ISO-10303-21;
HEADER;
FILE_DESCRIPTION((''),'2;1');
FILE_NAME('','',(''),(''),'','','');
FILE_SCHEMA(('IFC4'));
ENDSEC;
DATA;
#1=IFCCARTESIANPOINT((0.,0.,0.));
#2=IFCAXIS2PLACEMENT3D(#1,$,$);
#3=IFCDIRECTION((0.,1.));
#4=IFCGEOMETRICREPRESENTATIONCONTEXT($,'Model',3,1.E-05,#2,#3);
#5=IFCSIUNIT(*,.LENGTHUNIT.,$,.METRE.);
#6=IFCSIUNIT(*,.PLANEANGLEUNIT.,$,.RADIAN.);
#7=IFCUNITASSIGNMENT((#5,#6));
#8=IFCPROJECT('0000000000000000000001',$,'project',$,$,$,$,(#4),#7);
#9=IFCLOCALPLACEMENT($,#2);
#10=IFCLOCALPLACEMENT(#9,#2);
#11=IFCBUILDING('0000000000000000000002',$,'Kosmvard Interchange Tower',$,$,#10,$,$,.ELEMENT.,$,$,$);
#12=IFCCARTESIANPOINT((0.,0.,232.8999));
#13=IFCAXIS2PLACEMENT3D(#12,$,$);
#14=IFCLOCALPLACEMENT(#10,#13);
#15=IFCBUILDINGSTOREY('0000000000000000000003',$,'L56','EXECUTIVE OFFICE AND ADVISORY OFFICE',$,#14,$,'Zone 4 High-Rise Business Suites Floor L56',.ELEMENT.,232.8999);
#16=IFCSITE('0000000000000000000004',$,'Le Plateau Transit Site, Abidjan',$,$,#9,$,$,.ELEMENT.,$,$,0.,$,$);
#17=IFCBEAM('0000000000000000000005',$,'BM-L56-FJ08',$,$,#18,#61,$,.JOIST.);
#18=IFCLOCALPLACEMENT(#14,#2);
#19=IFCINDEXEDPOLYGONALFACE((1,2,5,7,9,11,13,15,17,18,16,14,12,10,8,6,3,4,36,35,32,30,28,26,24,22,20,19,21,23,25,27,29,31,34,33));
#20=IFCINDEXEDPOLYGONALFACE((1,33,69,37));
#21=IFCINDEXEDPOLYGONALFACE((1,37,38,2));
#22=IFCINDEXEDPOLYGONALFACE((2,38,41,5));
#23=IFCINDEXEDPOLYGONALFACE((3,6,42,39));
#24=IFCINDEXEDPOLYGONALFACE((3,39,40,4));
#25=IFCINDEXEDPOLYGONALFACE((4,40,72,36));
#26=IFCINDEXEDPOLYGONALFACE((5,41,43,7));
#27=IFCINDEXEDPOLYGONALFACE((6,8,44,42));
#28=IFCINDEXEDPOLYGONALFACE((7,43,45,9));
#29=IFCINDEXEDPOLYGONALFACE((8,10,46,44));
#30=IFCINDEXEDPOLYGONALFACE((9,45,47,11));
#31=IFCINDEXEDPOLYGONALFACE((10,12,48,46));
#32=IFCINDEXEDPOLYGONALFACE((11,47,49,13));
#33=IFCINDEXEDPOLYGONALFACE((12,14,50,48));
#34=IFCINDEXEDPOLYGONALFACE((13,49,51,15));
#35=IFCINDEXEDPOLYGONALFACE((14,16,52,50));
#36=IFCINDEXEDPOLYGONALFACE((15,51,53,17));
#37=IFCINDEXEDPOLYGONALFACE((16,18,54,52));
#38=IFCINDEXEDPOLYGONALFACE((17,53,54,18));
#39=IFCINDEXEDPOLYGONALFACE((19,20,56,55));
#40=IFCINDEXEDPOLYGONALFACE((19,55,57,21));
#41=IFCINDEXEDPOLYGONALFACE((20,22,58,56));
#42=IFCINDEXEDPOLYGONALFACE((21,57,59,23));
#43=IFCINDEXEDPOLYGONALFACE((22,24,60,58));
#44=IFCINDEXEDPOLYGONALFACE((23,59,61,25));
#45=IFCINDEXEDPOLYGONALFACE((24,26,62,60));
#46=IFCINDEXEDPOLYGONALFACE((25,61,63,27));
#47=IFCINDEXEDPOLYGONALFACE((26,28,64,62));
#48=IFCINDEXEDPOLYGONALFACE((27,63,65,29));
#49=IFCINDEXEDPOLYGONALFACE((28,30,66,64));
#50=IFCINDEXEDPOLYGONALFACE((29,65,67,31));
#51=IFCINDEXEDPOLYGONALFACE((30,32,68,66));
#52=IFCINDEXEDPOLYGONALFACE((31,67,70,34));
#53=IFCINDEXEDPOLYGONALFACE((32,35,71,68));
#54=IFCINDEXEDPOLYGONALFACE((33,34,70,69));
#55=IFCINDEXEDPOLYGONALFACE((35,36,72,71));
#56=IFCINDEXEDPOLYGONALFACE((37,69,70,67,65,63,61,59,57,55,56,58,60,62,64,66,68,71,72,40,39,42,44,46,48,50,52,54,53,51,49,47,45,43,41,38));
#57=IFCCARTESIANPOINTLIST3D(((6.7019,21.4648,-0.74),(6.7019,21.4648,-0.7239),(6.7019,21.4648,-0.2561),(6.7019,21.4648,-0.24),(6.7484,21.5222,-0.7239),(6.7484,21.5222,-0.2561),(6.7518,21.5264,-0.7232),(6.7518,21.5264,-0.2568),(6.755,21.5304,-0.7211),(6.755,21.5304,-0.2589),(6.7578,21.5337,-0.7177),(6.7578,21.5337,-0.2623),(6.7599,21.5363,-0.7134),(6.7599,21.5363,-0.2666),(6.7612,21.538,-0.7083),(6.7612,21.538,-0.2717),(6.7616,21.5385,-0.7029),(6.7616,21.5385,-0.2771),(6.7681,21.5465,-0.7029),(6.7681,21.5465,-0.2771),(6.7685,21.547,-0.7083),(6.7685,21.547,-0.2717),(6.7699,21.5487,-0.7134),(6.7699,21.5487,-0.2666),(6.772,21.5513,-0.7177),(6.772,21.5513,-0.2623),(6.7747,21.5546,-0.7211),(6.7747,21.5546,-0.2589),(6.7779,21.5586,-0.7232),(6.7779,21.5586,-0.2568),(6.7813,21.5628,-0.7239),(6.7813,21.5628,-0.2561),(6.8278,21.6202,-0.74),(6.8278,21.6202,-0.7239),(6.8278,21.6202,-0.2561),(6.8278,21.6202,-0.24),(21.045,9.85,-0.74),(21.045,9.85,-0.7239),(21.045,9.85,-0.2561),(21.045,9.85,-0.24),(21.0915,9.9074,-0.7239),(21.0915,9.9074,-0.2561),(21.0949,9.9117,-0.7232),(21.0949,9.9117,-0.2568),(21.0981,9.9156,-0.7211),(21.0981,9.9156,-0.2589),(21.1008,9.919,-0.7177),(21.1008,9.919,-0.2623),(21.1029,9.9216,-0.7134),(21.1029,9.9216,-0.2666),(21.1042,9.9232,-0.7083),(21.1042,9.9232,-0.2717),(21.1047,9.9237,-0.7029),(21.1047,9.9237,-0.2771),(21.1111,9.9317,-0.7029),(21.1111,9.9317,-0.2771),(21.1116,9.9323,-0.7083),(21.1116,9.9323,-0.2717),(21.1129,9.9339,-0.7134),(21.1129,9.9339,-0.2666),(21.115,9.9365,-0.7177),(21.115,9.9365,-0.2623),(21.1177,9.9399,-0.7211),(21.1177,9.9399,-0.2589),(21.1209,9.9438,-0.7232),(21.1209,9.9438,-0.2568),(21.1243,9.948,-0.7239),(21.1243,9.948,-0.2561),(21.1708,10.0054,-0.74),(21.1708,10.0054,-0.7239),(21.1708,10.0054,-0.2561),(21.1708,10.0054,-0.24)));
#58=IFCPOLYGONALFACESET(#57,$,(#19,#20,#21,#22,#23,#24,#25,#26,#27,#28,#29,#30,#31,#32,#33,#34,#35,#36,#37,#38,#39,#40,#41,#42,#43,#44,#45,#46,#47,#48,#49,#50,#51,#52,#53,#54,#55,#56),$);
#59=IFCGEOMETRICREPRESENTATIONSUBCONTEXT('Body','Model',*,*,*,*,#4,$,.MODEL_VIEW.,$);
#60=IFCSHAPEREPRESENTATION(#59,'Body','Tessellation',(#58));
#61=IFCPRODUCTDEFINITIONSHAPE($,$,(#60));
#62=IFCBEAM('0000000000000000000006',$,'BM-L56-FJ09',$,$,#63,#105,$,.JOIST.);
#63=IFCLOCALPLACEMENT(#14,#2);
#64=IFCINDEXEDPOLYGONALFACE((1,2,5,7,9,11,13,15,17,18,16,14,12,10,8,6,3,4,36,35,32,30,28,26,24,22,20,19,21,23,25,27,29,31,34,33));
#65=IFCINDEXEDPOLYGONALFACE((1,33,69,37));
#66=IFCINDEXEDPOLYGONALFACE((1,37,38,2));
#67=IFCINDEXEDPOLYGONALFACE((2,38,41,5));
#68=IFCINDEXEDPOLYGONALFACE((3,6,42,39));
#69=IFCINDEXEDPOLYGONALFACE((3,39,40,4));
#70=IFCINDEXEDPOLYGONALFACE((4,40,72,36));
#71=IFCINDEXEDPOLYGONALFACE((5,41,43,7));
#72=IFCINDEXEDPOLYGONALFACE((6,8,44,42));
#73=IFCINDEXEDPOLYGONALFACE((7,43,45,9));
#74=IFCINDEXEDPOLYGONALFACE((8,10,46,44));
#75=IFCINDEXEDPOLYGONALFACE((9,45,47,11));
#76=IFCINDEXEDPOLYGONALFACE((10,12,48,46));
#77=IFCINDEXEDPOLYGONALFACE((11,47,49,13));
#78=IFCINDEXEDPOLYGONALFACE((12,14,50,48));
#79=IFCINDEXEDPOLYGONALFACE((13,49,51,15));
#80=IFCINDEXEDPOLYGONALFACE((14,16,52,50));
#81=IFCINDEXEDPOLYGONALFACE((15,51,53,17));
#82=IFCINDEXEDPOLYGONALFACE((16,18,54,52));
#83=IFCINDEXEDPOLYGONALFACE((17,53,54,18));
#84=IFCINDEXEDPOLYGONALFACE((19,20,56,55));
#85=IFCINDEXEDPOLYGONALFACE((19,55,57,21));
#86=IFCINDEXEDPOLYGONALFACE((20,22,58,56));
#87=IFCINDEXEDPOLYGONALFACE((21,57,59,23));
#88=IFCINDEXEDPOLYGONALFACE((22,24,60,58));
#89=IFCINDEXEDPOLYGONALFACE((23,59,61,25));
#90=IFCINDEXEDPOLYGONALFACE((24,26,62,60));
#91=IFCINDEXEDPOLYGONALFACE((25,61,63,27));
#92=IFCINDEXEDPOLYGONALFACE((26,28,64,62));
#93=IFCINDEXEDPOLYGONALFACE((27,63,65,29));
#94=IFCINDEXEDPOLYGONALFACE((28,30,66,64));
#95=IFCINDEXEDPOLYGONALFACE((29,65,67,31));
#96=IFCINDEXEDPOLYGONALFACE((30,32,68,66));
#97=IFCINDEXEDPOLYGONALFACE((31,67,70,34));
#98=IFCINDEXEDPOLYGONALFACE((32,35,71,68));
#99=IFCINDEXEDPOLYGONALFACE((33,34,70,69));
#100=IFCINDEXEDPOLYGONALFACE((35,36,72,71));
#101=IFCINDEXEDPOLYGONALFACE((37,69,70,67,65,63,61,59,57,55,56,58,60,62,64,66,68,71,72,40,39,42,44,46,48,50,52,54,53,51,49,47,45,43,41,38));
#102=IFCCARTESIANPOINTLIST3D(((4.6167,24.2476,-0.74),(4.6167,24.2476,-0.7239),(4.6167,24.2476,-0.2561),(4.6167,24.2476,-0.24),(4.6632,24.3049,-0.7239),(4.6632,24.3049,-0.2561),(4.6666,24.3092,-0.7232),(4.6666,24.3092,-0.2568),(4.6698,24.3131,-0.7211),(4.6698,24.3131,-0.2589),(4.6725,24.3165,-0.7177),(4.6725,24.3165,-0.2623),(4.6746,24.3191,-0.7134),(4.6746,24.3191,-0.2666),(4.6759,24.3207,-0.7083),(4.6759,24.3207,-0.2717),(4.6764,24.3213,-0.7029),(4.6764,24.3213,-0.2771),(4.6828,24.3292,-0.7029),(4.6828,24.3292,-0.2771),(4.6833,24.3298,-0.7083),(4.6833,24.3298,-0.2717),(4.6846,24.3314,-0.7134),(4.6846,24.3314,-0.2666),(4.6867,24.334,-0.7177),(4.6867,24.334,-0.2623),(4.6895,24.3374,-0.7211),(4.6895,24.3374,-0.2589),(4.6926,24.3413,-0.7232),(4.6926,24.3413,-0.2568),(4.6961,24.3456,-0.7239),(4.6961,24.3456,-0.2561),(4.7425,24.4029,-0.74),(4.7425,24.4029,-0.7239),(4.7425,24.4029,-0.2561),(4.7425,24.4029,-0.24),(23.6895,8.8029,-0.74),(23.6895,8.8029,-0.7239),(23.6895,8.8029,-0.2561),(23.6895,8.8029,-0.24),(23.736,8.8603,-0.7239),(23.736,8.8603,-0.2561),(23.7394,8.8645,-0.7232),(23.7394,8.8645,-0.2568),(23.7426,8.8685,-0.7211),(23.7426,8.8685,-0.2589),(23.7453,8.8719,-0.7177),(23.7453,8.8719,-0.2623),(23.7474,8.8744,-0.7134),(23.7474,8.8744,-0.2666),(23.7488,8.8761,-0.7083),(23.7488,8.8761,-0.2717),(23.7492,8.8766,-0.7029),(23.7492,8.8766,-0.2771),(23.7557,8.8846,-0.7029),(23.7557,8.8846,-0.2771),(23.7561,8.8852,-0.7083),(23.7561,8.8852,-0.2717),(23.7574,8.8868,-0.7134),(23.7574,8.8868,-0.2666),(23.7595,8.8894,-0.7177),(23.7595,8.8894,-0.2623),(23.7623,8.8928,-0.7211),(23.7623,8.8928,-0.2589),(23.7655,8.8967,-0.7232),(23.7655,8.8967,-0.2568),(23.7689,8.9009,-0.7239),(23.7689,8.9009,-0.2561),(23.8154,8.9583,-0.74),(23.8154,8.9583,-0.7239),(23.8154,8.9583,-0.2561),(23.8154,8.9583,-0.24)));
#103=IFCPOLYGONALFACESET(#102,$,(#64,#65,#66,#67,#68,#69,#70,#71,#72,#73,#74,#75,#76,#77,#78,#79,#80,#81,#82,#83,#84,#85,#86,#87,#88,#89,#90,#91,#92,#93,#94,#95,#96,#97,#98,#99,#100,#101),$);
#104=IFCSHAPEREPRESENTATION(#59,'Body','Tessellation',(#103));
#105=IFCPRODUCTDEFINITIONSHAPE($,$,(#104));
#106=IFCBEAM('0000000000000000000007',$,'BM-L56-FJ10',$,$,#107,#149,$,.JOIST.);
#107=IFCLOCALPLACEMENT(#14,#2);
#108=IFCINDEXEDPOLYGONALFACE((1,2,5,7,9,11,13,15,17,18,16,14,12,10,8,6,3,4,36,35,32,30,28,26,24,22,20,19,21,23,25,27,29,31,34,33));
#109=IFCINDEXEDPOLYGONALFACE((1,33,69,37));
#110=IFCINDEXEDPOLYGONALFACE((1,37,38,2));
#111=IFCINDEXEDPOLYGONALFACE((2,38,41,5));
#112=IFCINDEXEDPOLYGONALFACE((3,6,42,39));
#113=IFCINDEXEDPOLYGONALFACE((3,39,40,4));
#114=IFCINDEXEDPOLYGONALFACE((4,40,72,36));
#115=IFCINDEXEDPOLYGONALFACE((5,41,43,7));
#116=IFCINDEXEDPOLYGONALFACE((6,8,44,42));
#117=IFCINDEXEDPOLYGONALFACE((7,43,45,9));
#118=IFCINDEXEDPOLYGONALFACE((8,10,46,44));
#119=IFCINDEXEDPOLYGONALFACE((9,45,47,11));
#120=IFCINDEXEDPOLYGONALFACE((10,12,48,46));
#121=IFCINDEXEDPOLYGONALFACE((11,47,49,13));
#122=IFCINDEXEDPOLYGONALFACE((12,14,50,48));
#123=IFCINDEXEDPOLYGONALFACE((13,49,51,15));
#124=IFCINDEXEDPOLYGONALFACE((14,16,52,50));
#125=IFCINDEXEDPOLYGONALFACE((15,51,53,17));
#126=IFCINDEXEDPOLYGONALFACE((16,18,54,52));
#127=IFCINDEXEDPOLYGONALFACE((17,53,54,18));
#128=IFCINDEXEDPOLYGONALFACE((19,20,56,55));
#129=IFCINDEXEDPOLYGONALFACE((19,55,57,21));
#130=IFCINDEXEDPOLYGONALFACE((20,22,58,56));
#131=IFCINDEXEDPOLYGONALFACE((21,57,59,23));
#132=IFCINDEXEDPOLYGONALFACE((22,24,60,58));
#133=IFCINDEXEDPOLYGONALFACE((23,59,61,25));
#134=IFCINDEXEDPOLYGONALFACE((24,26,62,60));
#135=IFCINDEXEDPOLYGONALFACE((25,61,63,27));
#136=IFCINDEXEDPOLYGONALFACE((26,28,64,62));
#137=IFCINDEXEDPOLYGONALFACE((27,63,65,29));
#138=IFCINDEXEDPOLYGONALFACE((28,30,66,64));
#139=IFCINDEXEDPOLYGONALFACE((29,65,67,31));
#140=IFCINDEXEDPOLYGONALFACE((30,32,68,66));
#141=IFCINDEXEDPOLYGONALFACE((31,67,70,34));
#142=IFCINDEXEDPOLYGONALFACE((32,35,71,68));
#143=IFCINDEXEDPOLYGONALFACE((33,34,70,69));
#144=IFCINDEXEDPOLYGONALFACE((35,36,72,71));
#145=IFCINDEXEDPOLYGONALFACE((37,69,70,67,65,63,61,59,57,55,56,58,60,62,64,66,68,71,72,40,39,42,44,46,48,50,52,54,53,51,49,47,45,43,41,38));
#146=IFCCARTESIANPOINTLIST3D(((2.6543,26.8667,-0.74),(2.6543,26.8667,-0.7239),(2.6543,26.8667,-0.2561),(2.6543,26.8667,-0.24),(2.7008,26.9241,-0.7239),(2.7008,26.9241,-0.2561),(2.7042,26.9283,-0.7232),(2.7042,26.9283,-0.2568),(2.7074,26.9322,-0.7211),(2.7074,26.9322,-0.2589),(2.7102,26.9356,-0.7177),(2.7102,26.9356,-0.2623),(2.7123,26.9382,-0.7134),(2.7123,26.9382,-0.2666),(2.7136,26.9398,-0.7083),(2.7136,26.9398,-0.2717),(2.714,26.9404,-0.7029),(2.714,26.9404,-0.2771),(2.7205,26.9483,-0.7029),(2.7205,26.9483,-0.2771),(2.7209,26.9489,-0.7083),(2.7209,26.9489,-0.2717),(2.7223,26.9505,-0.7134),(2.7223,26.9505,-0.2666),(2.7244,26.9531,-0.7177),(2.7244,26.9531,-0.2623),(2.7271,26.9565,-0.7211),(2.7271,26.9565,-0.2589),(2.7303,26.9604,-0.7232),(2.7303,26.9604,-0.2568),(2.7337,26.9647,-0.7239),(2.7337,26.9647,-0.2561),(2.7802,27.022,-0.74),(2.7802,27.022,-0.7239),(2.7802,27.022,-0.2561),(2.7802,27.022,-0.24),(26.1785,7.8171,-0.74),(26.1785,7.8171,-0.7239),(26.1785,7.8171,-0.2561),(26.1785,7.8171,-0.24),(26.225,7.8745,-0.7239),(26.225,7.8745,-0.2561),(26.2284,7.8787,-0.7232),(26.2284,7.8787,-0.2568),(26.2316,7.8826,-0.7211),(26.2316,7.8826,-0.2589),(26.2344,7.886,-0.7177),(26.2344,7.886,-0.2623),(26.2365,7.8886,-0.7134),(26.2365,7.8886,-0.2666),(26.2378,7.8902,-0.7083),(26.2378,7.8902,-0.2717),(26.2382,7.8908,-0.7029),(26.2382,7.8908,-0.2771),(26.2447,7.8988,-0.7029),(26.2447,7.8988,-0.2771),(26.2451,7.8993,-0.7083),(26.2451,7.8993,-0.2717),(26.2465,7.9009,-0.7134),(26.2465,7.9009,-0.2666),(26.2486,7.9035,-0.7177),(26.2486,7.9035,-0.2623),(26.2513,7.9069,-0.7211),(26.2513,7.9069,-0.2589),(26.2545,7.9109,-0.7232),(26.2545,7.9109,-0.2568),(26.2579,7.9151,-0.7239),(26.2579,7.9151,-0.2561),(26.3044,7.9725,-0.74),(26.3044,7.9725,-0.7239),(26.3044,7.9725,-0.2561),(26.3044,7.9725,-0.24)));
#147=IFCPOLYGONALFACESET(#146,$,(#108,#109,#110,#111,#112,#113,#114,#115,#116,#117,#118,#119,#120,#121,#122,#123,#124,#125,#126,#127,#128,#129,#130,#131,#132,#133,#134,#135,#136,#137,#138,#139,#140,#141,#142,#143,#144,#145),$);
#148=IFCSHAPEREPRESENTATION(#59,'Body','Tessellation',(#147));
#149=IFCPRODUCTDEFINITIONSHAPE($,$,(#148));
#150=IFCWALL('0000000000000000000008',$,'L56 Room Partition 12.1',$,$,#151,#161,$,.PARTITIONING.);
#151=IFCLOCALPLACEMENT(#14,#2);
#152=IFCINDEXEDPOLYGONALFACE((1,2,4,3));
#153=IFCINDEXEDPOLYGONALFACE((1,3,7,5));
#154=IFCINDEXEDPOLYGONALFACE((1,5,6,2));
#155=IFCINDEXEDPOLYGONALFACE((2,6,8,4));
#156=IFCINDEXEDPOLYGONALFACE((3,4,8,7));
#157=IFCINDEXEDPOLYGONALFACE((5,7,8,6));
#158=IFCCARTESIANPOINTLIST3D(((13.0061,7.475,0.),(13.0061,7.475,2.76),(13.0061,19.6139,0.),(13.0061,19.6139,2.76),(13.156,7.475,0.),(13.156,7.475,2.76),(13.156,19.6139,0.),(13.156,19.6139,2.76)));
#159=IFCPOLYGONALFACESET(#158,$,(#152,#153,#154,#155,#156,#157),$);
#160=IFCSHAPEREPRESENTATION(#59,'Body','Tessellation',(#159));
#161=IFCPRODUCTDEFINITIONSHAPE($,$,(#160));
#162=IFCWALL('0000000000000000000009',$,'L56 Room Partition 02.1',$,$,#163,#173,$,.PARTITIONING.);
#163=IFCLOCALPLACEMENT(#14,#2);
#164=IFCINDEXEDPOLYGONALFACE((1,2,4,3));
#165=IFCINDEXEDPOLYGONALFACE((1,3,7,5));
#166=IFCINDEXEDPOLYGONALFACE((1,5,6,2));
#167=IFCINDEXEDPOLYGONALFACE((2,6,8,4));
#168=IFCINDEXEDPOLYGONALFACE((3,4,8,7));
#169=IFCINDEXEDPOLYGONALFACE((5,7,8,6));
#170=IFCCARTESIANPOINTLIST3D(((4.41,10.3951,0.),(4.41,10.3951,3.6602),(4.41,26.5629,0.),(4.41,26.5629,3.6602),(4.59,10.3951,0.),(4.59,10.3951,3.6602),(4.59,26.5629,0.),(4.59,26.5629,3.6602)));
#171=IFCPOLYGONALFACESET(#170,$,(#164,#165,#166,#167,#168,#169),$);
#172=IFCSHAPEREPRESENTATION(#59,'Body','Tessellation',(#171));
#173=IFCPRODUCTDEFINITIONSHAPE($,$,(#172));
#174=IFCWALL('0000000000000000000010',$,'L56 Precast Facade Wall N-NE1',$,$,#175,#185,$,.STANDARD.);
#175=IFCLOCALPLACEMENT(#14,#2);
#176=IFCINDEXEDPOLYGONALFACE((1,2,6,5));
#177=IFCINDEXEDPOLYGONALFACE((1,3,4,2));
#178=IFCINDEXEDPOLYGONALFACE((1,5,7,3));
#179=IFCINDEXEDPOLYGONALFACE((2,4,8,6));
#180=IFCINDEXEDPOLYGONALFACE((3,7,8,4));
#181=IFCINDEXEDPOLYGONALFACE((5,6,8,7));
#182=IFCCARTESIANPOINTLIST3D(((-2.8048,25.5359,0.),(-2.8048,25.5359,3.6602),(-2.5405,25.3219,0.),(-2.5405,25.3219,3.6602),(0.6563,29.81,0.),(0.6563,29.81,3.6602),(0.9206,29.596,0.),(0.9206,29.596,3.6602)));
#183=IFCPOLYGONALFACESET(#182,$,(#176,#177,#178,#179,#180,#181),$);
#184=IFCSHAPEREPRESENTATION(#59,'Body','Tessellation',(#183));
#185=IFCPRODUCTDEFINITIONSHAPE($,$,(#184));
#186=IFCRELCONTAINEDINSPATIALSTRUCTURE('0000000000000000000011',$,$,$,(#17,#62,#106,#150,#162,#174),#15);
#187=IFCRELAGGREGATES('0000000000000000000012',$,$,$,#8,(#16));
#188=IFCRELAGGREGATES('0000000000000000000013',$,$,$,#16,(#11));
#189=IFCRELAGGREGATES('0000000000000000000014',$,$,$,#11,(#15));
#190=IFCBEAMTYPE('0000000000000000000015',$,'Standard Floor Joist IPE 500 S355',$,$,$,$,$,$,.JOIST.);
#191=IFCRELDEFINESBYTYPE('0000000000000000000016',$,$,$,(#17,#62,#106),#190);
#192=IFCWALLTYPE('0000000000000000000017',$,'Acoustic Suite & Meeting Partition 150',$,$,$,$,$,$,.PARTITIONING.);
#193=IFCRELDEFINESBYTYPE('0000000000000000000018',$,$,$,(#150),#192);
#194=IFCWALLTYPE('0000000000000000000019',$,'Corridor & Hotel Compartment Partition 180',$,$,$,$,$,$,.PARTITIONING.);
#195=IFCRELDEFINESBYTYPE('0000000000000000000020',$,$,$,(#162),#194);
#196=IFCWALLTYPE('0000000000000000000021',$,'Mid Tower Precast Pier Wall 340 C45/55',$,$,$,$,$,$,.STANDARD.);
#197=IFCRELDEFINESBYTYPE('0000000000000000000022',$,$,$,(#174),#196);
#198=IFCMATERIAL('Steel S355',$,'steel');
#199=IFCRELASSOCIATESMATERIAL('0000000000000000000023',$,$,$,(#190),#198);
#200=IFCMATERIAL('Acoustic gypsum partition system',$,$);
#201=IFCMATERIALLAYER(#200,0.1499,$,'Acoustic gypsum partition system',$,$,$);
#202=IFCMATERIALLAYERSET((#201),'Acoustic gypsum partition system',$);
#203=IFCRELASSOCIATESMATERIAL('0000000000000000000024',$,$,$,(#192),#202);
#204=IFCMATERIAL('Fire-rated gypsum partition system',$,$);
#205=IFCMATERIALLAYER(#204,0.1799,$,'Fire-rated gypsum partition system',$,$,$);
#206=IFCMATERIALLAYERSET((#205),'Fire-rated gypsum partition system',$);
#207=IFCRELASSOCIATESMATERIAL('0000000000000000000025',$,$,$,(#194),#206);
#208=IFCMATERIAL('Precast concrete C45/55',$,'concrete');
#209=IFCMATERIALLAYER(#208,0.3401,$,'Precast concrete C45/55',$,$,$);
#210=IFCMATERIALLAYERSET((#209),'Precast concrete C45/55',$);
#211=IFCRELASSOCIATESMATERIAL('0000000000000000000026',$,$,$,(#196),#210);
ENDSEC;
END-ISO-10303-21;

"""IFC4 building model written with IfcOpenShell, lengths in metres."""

from ifc_helpers import new_model, si_unit, direction, frame, frame_2d, origin, origin_2d, place, context, subcontext, project, spatial, rectangle, i_section, extrude, source, transform, mapped, material, layer, layer_set, material_profile, profile_set, type_object, element, save


model = new_model("IFC4")

# Units and contexts
model_context = context("Model", 3, precision=1e-05, world=origin(), true_north=direction((0.0, 1.0)))
body_context = subcontext(model_context, "Body", "Model", "MODEL_VIEW")
ifc_project = project(units=[si_unit("LENGTHUNIT", "METRE"), si_unit("PLANEANGLEUNIT", "RADIAN")], contexts=[model_context])

# Site, building, storey
site_placement = place(None, origin())
site = spatial("IfcSite", under=ifc_project, at=site_placement, Name="Le Plateau Transit Site, Abidjan", CompositionType="ELEMENT", RefElevation=0.0)
building_placement = place(site_placement, origin())
building = spatial("IfcBuilding", under=site, at=building_placement, Name="Kosmvard Interchange Tower", CompositionType="ELEMENT")
storey_placement = place(building_placement, frame((0.0, 0.0, 232.8999)))
storey = spatial("IfcBuildingStorey", under=building, at=storey_placement, Name="L56", Description="EXECUTIVE OFFICE AND ADVISORY OFFICE", LongName="Zone 4 High-Rise Business Suites Floor L56", CompositionType="ELEMENT", Elevation=232.8999)

# Beams
ifc_material_1 = material(Name="Steel S355", Category="steel")
ifc_material_2 = material(Name="Precast concrete C45/55", Category="concrete")
ifc_material_profile_1 = material_profile(ifc_material_1, i_section(OverallWidth=0.2, OverallDepth=0.5, WebThickness=0.0103, FlangeThickness=0.0161, FilletRadius=0.021, at=origin_2d()), Name="IPE 500")
ifc_profile_set_1 = profile_set([ifc_material_profile_1], Name="Steel S355")
beam_type_1 = type_object("IfcBeamType", Name="Standard Floor Joist IPE 500 S355", PredefinedType="JOIST", material=ifc_profile_set_1)
shared_shape_1 = source(origin(), body_context, "Body", "SweptSolid", [
    extrude(i_section(OverallWidth=0.2, OverallDepth=0.5, WebThickness=0.0103, FlangeThickness=0.0161, FilletRadius=0.021, at=origin_2d()), origin(), (0.0, 0.0, 1.0), 18.4561),
])
beam_1_placement = place(storey_placement, frame((21.1079, 9.9277, -0.49), z_axis=(-0.777146, 0.62932, 0.0), x_axis=(-0.62932, -0.777146, 0.0)))
element("IfcBeam", 1, at=beam_1_placement, inside=storey, type_object=beam_type_1, Name="BM-L56-FJ08", PredefinedType="JOIST", context=body_context, shape_type="MappedRepresentation", body=[
    mapped(shared_shape_1, transform((0.0, 0.0, 0.0), scale=1.0)),
])
shared_shape_2 = source(origin(), body_context, "Body", "SweptSolid", [
    extrude(i_section(OverallWidth=0.2, OverallDepth=0.5, WebThickness=0.0103, FlangeThickness=0.0161, FilletRadius=0.021, at=origin_2d()), origin(), (0.0, 0.0, 1.0), 24.542),
])
beam_2_placement = place(storey_placement, frame((23.7524, 8.8806, -0.49), z_axis=(-0.777151, 0.629315, 0.0), x_axis=(-0.629315, -0.777151, 0.0)))
element("IfcBeam", 2, at=beam_2_placement, inside=storey, type_object=beam_type_1, Name="BM-L56-FJ09", PredefinedType="JOIST", context=body_context, shape_type="MappedRepresentation", body=[
    mapped(shared_shape_2, transform((0.0, 0.0, 0.0), scale=1.0)),
])
shared_shape_3 = source(origin(), body_context, "Body", "SweptSolid", [
    extrude(i_section(OverallWidth=0.2, OverallDepth=0.5, WebThickness=0.0103, FlangeThickness=0.0161, FilletRadius=0.021, at=origin_2d()), origin(), (0.0, 0.0, 1.0), 30.27),
])
beam_3_placement = place(storey_placement, frame((26.2415, 7.8948, -0.49), z_axis=(-0.777145, 0.629322, 0.0), x_axis=(-0.629322, -0.777145, 0.0)))
element("IfcBeam", 3, at=beam_3_placement, inside=storey, type_object=beam_type_1, Name="BM-L56-FJ10", PredefinedType="JOIST", context=body_context, shape_type="MappedRepresentation", body=[
    mapped(shared_shape_3, transform((0.0, 0.0, 0.0), scale=1.0)),
])

# Walls
ifc_material_3 = material(Name="Acoustic gypsum partition system")
ifc_layer_1 = layer(ifc_material_3, 0.1499, Name="Acoustic gypsum partition system")
ifc_layer_set_1 = layer_set([ifc_layer_1], Name="Acoustic gypsum partition system")
wall_type_1 = type_object("IfcWallType", Name="Acoustic Suite & Meeting Partition 150", PredefinedType="PARTITIONING", material=ifc_layer_set_1)
wall_1_placement = place(storey_placement, frame((13.0811, 7.4751, 0.0), z_axis=(0.0, 0.0, 1.0), x_axis=(0.0, 1.0, 0.0)))
element("IfcWall", 4, at=wall_1_placement, inside=storey, type_object=wall_type_1, Name="L56 Room Partition 12.1", PredefinedType="PARTITIONING", context=body_context, shape_type="SweptSolid", body=[
    extrude(rectangle(XDim=12.1389, YDim=0.1499, at=frame_2d((6.0693, 0.0))), origin(), (0.0, 0.0, 1.0), 2.76),
])
ifc_material_4 = material(Name="Fire-rated gypsum partition system")
ifc_layer_2 = layer(ifc_material_4, 0.1799, Name="Fire-rated gypsum partition system")
ifc_layer_set_2 = layer_set([ifc_layer_2], Name="Fire-rated gypsum partition system")
wall_type_2 = type_object("IfcWallType", Name="Corridor & Hotel Compartment Partition 180", PredefinedType="PARTITIONING", material=ifc_layer_set_2)
wall_2_placement = place(storey_placement, frame((4.5, 10.395, 0.0), z_axis=(0.0, 0.0, 1.0), x_axis=(0.0, 1.0, 0.0)))
element("IfcWall", 5, at=wall_2_placement, inside=storey, type_object=wall_type_2, Name="L56 Room Partition 02.1", PredefinedType="PARTITIONING", context=body_context, shape_type="SweptSolid", body=[
    extrude(rectangle(XDim=16.1677, YDim=0.1799, at=frame_2d((8.084, 0.0))), origin(), (0.0, 0.0, 1.0), 3.6602),
])
ifc_layer_3 = layer(ifc_material_2, 0.3401, Name="Precast concrete C45/55")
ifc_layer_set_3 = layer_set([ifc_layer_3], Name="Precast concrete C45/55")
wall_type_3 = type_object("IfcWallType", Name="Mid Tower Precast Pier Wall 340 C45/55", PredefinedType="STANDARD", material=ifc_layer_set_3)
wall_3_placement = place(storey_placement, frame((0.7886, 29.7031, 0.0), z_axis=(0.0, 0.0, 1.0), x_axis=(-0.629323, -0.777144, 0.0)))
element("IfcWall", 6, at=wall_3_placement, inside=storey, type_object=wall_type_3, Name="L56 Precast Facade Wall N-NE1", PredefinedType="STANDARD", context=body_context, shape_type="SweptSolid", body=[
    extrude(rectangle(XDim=5.4998, YDim=0.3401, at=frame_2d((2.75, 0.0))), origin(), (0.0, 0.0, 1.0), 3.6602),
])

save(model, "model.ifc")
